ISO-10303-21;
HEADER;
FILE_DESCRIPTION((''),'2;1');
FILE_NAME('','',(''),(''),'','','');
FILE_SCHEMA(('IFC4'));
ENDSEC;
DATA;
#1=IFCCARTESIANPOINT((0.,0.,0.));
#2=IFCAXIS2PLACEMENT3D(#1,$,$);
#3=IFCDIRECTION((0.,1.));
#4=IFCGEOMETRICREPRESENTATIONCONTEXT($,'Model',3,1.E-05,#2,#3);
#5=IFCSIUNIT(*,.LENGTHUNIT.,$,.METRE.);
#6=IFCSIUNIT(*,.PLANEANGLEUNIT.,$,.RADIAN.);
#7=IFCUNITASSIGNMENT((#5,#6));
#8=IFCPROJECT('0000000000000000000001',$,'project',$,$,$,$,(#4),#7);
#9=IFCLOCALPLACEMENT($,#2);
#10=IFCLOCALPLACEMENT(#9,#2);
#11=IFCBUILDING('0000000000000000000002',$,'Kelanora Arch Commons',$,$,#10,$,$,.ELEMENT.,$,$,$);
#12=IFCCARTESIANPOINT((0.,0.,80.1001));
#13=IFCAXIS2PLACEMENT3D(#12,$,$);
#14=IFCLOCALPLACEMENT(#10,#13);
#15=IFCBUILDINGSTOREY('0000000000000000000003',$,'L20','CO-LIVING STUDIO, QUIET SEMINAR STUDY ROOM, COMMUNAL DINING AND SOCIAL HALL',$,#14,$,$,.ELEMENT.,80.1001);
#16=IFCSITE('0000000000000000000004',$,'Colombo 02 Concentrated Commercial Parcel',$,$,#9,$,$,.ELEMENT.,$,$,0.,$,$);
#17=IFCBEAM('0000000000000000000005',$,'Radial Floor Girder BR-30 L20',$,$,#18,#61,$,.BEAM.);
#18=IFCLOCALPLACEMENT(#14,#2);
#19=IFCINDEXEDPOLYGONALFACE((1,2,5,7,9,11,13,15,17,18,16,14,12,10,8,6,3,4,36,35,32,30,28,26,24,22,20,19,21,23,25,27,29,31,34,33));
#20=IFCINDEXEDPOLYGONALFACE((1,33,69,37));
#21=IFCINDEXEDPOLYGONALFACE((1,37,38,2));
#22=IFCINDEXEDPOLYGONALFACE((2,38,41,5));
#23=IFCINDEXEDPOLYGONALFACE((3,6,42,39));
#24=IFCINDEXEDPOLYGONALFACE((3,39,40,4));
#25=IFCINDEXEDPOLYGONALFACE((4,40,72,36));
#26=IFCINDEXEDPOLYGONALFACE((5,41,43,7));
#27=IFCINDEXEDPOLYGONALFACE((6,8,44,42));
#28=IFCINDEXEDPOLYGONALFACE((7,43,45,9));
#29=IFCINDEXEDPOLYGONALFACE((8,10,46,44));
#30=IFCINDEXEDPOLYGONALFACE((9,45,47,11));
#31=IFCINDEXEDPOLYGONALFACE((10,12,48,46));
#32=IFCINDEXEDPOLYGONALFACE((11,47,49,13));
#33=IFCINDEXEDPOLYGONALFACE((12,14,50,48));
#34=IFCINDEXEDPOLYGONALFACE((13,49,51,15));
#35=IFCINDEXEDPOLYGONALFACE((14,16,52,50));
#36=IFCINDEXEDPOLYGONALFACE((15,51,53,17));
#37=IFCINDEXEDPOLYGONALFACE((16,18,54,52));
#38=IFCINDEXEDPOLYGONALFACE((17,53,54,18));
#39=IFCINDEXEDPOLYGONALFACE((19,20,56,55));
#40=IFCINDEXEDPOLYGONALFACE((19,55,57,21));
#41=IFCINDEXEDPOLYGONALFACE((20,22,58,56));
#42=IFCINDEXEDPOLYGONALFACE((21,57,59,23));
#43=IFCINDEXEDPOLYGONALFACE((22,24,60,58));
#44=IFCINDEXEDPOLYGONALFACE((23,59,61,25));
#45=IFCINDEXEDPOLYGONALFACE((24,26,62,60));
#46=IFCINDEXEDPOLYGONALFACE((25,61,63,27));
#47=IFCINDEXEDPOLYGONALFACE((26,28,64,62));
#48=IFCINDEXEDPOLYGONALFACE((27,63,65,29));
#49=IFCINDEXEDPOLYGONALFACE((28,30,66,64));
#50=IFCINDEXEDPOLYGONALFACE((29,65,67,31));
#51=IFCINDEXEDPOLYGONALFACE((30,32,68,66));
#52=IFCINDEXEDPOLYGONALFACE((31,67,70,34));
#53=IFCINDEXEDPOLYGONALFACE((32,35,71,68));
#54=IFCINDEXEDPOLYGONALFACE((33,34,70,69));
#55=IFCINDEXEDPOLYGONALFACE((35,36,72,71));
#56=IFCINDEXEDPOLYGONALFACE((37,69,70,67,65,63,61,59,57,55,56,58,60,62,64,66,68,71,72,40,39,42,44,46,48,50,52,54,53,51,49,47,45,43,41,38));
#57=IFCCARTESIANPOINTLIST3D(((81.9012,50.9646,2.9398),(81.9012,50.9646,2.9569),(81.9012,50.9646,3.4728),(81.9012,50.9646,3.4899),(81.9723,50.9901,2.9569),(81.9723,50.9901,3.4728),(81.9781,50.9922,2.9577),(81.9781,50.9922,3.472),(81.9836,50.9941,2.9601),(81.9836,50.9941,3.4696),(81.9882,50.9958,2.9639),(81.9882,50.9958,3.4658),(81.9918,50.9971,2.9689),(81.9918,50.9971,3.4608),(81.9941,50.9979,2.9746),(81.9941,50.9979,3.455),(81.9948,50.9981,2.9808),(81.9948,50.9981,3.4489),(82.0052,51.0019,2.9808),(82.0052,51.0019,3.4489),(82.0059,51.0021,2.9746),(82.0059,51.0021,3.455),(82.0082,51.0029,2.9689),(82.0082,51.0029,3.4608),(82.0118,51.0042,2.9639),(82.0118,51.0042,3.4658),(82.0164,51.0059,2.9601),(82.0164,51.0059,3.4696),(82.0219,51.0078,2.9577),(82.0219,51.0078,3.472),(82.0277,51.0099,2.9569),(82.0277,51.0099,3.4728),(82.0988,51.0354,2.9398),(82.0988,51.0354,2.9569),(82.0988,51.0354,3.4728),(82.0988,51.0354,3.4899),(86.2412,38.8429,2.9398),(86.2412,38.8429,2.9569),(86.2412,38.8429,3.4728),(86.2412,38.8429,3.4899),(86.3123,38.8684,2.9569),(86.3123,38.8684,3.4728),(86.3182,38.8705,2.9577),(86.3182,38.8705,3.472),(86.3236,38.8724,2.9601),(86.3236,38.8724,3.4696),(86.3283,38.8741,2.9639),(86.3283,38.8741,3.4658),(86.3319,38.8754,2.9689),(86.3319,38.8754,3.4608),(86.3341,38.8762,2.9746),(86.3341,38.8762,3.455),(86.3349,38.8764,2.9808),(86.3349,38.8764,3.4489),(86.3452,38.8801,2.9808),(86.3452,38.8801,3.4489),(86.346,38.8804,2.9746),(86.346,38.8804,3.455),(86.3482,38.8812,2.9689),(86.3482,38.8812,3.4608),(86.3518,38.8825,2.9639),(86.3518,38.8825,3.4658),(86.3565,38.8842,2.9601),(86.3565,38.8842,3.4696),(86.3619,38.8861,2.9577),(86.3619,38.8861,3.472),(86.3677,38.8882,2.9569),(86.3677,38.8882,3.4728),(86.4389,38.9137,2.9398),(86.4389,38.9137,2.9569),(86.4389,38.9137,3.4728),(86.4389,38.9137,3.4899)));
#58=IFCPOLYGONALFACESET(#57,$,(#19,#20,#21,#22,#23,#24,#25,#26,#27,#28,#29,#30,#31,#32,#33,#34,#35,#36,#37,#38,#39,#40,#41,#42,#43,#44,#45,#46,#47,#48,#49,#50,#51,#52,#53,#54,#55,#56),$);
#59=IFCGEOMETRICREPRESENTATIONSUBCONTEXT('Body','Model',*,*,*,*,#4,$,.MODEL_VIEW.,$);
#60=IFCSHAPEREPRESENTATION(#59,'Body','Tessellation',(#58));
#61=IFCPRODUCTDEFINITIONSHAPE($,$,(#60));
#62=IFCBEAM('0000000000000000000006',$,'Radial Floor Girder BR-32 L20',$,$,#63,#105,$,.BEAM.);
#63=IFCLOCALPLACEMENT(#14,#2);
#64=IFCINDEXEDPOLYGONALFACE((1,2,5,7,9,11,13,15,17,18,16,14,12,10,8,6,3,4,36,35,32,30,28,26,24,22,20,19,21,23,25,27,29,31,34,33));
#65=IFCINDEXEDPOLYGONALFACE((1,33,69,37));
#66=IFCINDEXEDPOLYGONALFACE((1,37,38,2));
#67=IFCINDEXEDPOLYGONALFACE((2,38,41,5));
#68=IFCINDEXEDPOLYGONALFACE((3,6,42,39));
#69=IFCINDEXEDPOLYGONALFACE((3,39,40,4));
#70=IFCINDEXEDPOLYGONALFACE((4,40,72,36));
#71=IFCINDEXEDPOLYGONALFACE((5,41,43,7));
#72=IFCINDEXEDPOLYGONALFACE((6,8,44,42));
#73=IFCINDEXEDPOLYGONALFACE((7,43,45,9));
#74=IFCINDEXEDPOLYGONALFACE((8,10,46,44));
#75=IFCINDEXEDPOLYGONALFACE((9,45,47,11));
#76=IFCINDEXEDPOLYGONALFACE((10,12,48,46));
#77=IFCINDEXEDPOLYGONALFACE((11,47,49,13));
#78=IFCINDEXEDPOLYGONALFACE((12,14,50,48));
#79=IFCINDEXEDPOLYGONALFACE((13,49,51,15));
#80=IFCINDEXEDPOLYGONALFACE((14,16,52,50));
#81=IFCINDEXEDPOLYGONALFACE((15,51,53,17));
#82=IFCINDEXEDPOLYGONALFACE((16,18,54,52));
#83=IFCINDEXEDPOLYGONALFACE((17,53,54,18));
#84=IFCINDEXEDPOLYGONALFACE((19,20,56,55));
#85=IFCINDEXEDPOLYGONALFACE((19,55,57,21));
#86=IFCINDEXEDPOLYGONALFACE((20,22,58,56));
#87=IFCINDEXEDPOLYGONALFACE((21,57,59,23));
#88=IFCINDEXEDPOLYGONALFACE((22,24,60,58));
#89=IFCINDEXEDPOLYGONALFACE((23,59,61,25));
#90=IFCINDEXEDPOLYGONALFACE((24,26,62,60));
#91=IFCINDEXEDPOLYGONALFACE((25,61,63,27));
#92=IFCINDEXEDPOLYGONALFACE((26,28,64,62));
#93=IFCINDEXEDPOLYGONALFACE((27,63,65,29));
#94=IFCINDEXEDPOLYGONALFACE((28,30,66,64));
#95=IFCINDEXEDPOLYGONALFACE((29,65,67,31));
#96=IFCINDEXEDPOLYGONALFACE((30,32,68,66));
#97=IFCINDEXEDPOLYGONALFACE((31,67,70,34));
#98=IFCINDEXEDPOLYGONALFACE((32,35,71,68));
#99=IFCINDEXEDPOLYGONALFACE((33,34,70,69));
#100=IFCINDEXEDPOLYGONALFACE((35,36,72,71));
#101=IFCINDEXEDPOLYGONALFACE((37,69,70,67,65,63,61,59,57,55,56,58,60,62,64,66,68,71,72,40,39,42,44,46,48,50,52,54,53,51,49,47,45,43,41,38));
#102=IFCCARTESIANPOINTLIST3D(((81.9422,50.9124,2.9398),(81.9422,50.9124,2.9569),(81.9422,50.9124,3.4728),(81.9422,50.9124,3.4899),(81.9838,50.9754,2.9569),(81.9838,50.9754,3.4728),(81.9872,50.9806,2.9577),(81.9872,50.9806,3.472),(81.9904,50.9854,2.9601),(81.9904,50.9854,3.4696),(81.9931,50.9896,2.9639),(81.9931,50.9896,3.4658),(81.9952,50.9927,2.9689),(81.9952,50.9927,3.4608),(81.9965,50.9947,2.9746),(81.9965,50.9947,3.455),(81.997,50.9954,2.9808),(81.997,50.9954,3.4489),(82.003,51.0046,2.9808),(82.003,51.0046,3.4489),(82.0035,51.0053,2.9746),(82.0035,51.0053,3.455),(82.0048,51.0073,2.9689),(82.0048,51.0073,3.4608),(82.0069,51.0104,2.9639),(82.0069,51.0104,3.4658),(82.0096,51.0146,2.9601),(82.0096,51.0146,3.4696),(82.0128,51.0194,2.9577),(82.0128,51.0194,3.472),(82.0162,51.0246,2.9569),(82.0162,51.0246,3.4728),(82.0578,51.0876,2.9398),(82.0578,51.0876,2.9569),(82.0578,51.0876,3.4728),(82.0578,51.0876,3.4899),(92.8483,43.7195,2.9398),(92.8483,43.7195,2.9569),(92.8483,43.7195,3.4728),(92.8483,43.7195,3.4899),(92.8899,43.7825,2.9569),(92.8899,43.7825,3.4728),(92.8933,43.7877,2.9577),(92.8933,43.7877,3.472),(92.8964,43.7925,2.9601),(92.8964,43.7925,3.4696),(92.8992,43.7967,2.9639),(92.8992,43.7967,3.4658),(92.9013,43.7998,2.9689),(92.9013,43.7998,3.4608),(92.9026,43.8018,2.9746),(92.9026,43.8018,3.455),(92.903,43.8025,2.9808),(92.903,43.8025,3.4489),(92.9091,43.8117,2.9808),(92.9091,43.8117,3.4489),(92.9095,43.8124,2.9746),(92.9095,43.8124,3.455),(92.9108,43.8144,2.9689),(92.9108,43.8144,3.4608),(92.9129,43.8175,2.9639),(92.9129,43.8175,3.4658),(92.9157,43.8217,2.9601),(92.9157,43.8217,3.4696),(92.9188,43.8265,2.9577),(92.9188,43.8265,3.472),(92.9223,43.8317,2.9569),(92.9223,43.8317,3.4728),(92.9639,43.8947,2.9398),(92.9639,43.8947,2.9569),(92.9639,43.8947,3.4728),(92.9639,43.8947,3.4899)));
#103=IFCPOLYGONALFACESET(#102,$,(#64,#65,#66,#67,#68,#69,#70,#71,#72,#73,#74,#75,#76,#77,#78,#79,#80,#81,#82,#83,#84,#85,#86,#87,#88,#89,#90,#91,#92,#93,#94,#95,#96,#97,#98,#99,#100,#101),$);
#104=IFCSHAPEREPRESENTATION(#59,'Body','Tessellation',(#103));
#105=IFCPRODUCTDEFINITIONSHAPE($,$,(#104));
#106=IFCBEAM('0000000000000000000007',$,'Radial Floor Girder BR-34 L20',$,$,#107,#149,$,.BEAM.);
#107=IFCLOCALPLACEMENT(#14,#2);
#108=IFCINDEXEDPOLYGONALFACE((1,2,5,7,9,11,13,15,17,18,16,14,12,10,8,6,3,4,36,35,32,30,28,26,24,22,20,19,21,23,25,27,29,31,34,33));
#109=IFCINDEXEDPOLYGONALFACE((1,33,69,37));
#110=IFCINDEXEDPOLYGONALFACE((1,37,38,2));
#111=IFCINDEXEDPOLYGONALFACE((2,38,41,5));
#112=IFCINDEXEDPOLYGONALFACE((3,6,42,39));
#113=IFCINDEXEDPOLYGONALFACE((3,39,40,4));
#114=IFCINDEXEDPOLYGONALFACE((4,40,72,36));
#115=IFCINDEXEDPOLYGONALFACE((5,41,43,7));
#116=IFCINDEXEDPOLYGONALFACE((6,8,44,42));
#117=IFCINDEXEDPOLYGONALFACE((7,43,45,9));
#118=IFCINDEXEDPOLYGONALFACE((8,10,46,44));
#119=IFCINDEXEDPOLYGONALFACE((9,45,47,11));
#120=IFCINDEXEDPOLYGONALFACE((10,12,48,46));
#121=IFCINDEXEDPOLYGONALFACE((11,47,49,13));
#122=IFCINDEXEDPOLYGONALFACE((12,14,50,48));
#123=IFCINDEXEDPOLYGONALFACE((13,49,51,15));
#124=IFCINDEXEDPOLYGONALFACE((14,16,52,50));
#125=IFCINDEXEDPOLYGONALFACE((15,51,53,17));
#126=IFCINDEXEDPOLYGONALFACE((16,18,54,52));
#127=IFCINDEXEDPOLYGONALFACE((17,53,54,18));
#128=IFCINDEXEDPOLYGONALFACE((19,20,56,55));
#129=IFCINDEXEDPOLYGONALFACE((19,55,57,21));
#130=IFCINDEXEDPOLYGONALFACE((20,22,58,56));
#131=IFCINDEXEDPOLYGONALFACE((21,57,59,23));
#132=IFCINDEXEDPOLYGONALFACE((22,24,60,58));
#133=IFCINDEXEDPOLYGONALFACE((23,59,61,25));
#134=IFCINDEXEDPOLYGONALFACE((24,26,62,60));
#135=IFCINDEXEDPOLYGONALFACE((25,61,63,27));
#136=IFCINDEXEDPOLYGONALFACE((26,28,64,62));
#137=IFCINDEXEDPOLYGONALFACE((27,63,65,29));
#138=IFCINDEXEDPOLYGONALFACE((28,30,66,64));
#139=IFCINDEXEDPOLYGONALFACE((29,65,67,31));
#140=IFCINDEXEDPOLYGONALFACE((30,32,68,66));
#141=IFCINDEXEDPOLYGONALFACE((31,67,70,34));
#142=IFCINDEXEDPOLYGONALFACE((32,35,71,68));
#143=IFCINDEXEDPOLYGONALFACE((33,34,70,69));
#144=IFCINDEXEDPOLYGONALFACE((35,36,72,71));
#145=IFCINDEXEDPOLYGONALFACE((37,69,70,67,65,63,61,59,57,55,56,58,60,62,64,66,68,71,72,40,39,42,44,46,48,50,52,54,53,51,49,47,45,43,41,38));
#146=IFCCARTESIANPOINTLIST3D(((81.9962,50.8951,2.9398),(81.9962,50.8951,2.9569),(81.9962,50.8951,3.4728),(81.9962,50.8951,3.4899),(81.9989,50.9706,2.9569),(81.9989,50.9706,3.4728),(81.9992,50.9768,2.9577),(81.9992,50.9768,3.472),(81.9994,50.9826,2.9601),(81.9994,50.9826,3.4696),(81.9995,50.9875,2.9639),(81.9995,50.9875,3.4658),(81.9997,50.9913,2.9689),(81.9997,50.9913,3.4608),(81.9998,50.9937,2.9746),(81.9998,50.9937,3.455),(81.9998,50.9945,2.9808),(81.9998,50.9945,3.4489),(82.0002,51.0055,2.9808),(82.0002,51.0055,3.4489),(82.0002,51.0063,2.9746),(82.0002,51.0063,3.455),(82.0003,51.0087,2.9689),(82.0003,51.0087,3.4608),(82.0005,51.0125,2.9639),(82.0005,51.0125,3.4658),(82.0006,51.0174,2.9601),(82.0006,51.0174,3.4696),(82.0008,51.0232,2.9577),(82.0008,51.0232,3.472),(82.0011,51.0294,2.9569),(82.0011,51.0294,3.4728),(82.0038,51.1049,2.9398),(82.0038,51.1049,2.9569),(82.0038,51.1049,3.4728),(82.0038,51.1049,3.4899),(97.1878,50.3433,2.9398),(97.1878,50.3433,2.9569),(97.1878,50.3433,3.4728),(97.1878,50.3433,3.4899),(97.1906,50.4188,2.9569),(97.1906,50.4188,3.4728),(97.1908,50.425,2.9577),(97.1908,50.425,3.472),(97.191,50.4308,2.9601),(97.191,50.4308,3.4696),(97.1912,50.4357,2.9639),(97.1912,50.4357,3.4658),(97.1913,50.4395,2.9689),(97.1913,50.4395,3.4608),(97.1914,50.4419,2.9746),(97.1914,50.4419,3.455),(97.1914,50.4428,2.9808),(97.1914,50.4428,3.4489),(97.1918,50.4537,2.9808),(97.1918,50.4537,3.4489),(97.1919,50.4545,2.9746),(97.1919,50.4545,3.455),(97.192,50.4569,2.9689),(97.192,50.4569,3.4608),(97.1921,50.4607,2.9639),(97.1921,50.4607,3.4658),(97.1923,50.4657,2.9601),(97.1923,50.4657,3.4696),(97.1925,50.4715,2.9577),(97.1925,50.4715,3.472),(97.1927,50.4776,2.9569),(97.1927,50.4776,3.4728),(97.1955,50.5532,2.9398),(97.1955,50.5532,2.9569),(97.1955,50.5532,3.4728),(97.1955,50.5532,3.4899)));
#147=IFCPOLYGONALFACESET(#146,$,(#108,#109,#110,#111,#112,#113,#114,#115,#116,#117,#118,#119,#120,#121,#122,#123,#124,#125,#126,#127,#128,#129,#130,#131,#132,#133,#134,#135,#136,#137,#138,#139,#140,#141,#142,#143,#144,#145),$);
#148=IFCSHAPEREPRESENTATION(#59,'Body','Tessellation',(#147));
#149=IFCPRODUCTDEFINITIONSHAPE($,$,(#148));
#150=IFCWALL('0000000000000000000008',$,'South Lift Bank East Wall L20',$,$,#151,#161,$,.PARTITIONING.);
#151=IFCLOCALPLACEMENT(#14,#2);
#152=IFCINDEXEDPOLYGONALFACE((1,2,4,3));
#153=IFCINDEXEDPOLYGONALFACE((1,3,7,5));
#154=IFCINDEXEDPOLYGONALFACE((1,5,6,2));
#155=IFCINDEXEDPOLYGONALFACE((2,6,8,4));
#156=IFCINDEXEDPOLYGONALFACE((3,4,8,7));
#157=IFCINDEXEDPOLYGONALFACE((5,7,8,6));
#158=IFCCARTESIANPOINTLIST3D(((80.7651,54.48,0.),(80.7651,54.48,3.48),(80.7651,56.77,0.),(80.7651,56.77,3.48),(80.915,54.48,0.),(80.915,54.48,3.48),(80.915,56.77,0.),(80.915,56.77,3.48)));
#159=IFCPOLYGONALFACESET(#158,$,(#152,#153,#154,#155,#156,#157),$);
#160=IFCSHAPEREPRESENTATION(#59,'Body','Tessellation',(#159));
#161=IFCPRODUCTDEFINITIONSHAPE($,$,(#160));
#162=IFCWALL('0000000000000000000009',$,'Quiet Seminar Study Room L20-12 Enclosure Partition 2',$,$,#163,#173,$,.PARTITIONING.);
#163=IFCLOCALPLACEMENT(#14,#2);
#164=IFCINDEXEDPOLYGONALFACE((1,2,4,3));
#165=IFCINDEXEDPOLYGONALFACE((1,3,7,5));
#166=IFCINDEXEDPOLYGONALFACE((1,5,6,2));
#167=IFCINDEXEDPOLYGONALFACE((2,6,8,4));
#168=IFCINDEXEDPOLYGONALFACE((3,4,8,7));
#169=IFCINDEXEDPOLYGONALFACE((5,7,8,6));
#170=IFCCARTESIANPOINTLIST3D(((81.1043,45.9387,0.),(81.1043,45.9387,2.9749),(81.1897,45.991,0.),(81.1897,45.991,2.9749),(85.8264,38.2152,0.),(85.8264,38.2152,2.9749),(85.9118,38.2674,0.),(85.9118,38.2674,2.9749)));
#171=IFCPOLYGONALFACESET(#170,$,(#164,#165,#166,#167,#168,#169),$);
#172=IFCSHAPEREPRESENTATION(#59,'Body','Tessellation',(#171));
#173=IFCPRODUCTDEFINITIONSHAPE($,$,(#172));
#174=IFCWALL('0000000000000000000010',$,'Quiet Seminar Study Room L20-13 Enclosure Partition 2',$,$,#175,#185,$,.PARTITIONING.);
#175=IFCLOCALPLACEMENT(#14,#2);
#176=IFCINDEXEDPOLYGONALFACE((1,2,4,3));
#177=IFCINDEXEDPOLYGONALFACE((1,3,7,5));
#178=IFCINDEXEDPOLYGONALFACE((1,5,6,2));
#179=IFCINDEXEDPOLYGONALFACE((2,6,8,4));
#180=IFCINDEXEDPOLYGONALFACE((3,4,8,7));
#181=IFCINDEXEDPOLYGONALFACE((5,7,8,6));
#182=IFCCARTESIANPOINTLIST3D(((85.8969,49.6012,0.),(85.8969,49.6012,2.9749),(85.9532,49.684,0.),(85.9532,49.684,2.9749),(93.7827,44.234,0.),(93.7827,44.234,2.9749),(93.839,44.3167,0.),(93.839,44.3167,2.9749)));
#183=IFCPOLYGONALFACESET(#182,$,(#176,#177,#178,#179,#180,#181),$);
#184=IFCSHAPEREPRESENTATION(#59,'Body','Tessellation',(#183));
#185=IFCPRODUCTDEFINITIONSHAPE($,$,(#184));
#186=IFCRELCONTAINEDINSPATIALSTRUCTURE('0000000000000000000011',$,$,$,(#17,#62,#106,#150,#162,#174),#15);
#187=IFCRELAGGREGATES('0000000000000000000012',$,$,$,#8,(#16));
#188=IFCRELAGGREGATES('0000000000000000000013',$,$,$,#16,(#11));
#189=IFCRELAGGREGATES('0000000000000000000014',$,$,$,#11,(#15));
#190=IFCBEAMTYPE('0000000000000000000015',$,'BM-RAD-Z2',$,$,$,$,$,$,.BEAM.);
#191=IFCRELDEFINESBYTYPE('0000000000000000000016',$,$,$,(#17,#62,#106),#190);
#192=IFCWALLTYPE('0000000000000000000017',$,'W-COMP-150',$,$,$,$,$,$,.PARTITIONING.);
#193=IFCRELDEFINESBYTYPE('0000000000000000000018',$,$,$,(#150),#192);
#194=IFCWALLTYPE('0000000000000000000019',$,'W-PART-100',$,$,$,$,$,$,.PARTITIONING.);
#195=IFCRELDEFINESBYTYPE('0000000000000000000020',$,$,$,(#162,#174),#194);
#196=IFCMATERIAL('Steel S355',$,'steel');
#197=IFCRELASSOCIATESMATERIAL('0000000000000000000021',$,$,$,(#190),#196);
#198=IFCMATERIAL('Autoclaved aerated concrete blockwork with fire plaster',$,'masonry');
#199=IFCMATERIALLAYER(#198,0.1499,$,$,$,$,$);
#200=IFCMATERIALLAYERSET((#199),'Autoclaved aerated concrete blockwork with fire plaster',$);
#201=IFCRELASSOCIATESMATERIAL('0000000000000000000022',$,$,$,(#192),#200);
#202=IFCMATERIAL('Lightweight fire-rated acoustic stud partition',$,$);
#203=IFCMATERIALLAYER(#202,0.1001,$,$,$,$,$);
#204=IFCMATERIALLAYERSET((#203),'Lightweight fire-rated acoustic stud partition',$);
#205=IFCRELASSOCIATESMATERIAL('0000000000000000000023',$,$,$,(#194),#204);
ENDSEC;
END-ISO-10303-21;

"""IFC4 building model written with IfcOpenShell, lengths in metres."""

from ifc_helpers import new_model, si_unit, direction, frame, frame_2d, origin, origin_2d, place, context, subcontext, project, spatial, rectangle, i_section, extrude, material, layer, layer_set, material_profile, profile_set, type_object, element, save


model = new_model("IFC4")

# Units and contexts
model_context = context("Model", 3, precision=1e-05, world=origin(), true_north=direction((0.0, 1.0)))
body_context = subcontext(model_context, "Body", "Model", "MODEL_VIEW")
ifc_project = project(units=[si_unit("LENGTHUNIT", "METRE"), si_unit("PLANEANGLEUNIT", "RADIAN")], contexts=[model_context])

# Site, building, storey
site_placement = place(None, origin())
site = spatial("IfcSite", under=ifc_project, at=site_placement, Name="Colombo 02 Concentrated Commercial Parcel", CompositionType="ELEMENT", RefElevation=0.0)
building_placement = place(site_placement, origin())
building = spatial("IfcBuilding", under=site, at=building_placement, Name="Kelanora Arch Commons", CompositionType="ELEMENT")
storey_placement = place(building_placement, frame((0.0, 0.0, 80.1001)))
storey = spatial("IfcBuildingStorey", under=building, at=storey_placement, Name="L20", Description="CO-LIVING STUDIO, QUIET SEMINAR STUDY ROOM, COMMUNAL DINING AND SOCIAL HALL", CompositionType="ELEMENT", Elevation=80.1001)

# Beams
ifc_material_1 = material(Name="Steel S355", Category="steel")
ifc_material_profile_1 = material_profile(ifc_material_1, i_section(OverallWidth=0.21, OverallDepth=0.55, WebThickness=0.011, FlangeThickness=0.0171, FilletRadius=0.0239, at=origin_2d()), Name="IPE550")
ifc_profile_set_1 = profile_set([ifc_material_profile_1], Name="Steel S355")
beam_type_1 = type_object("IfcBeamType", Name="BM-RAD-Z2", PredefinedType="BEAM", material=ifc_profile_set_1)
beam_1_placement = place(storey_placement, frame((82.0, 51.0, 3.2148), z_axis=(0.337085, -0.941474, 0.0), x_axis=(0.941474, 0.337085, 0.0)))
element("IfcBeam", 1, at=beam_1_placement, inside=storey, type_object=beam_type_1, Name="Radial Floor Girder BR-30 L20", PredefinedType="BEAM", context=body_context, shape_type="SweptSolid", body=[
    extrude(i_section(OverallWidth=0.21, OverallDepth=0.55, WebThickness=0.011, FlangeThickness=0.0171, FilletRadius=0.0239, at=origin_2d()), origin(), (0.0, 0.0, 1.0), 12.8752),
])
beam_2_placement = place(storey_placement, frame((82.0, 51.0, 3.2148), z_axis=(0.834789, -0.550571, 0.0), x_axis=(0.550571, 0.834789, 0.0)))
element("IfcBeam", 2, at=beam_2_placement, inside=storey, type_object=beam_type_1, Name="Radial Floor Girder BR-32 L20", PredefinedType="BEAM", context=body_context, shape_type="SweptSolid", body=[
    extrude(i_section(OverallWidth=0.21, OverallDepth=0.55, WebThickness=0.011, FlangeThickness=0.0171, FilletRadius=0.0239, at=origin_2d()), origin(), (0.0, 0.0, 1.0), 13.0645),
])
beam_3_placement = place(storey_placement, frame((82.0, 51.0, 3.2148), z_axis=(0.999341, -0.036296, 0.0), x_axis=(0.036296, 0.999341, 0.0)))
element("IfcBeam", 3, at=beam_3_placement, inside=storey, type_object=beam_type_1, Name="Radial Floor Girder BR-34 L20", PredefinedType="BEAM", context=body_context, shape_type="SweptSolid", body=[
    extrude(i_section(OverallWidth=0.21, OverallDepth=0.55, WebThickness=0.011, FlangeThickness=0.0171, FilletRadius=0.0239, at=origin_2d()), origin(), (0.0, 0.0, 1.0), 15.2017),
])

# Walls
ifc_material_2 = material(Name="Autoclaved aerated concrete blockwork with fire plaster", Category="masonry")
ifc_layer_1 = layer(ifc_material_2, 0.1499)
ifc_layer_set_1 = layer_set([ifc_layer_1], Name="Autoclaved aerated concrete blockwork with fire plaster")
wall_type_1 = type_object("IfcWallType", Name="W-COMP-150", PredefinedType="PARTITIONING", material=ifc_layer_set_1)
wall_1_placement = place(storey_placement, frame((80.8401, 54.48, 0.0), z_axis=(0.0, 0.0, 1.0), x_axis=(0.0, 1.0, 0.0)))
element("IfcWall", 4, at=wall_1_placement, inside=storey, type_object=wall_type_1, Name="South Lift Bank East Wall L20", PredefinedType="PARTITIONING", context=body_context, shape_type="SweptSolid", body=[
    extrude(rectangle(XDim=2.29, YDim=0.1499, at=frame_2d((1.145, 0.0))), origin(), (0.0, 0.0, 1.0), 3.48),
])
ifc_material_3 = material(Name="Lightweight fire-rated acoustic stud partition")
ifc_layer_2 = layer(ifc_material_3, 0.1001)
ifc_layer_set_2 = layer_set([ifc_layer_2], Name="Lightweight fire-rated acoustic stud partition")
wall_type_2 = type_object("IfcWallType", Name="W-PART-100", PredefinedType="PARTITIONING", material=ifc_layer_set_2)
wall_2_placement = place(storey_placement, frame((81.147, 45.9648, 0.0), z_axis=(0.0, 0.0, 1.0), x_axis=(0.521625, -0.853175, 0.0)))
element("IfcWall", 5, at=wall_2_placement, inside=storey, type_object=wall_type_2, Name="Quiet Seminar Study Room L20-12 Enclosure Partition 2", PredefinedType="PARTITIONING", context=body_context, shape_type="SweptSolid", body=[
    extrude(rectangle(XDim=9.0527, YDim=0.1001, at=frame_2d((4.5264, 0.0))), origin(), (0.0, 0.0, 1.0), 2.9749),
])
wall_3_placement = place(storey_placement, frame((85.925, 49.6426, 0.0), z_axis=(0.0, 0.0, 1.0), x_axis=(0.826688, -0.56266, 0.0)))
element("IfcWall", 6, at=wall_3_placement, inside=storey, type_object=wall_type_2, Name="Quiet Seminar Study Room L20-13 Enclosure Partition 2", PredefinedType="PARTITIONING", context=body_context, shape_type="SweptSolid", body=[
    extrude(rectangle(XDim=9.5391, YDim=0.1001, at=frame_2d((4.7695, 0.0))), origin(), (0.0, 0.0, 1.0), 2.9749),
])

save(model, "model.ifc")
